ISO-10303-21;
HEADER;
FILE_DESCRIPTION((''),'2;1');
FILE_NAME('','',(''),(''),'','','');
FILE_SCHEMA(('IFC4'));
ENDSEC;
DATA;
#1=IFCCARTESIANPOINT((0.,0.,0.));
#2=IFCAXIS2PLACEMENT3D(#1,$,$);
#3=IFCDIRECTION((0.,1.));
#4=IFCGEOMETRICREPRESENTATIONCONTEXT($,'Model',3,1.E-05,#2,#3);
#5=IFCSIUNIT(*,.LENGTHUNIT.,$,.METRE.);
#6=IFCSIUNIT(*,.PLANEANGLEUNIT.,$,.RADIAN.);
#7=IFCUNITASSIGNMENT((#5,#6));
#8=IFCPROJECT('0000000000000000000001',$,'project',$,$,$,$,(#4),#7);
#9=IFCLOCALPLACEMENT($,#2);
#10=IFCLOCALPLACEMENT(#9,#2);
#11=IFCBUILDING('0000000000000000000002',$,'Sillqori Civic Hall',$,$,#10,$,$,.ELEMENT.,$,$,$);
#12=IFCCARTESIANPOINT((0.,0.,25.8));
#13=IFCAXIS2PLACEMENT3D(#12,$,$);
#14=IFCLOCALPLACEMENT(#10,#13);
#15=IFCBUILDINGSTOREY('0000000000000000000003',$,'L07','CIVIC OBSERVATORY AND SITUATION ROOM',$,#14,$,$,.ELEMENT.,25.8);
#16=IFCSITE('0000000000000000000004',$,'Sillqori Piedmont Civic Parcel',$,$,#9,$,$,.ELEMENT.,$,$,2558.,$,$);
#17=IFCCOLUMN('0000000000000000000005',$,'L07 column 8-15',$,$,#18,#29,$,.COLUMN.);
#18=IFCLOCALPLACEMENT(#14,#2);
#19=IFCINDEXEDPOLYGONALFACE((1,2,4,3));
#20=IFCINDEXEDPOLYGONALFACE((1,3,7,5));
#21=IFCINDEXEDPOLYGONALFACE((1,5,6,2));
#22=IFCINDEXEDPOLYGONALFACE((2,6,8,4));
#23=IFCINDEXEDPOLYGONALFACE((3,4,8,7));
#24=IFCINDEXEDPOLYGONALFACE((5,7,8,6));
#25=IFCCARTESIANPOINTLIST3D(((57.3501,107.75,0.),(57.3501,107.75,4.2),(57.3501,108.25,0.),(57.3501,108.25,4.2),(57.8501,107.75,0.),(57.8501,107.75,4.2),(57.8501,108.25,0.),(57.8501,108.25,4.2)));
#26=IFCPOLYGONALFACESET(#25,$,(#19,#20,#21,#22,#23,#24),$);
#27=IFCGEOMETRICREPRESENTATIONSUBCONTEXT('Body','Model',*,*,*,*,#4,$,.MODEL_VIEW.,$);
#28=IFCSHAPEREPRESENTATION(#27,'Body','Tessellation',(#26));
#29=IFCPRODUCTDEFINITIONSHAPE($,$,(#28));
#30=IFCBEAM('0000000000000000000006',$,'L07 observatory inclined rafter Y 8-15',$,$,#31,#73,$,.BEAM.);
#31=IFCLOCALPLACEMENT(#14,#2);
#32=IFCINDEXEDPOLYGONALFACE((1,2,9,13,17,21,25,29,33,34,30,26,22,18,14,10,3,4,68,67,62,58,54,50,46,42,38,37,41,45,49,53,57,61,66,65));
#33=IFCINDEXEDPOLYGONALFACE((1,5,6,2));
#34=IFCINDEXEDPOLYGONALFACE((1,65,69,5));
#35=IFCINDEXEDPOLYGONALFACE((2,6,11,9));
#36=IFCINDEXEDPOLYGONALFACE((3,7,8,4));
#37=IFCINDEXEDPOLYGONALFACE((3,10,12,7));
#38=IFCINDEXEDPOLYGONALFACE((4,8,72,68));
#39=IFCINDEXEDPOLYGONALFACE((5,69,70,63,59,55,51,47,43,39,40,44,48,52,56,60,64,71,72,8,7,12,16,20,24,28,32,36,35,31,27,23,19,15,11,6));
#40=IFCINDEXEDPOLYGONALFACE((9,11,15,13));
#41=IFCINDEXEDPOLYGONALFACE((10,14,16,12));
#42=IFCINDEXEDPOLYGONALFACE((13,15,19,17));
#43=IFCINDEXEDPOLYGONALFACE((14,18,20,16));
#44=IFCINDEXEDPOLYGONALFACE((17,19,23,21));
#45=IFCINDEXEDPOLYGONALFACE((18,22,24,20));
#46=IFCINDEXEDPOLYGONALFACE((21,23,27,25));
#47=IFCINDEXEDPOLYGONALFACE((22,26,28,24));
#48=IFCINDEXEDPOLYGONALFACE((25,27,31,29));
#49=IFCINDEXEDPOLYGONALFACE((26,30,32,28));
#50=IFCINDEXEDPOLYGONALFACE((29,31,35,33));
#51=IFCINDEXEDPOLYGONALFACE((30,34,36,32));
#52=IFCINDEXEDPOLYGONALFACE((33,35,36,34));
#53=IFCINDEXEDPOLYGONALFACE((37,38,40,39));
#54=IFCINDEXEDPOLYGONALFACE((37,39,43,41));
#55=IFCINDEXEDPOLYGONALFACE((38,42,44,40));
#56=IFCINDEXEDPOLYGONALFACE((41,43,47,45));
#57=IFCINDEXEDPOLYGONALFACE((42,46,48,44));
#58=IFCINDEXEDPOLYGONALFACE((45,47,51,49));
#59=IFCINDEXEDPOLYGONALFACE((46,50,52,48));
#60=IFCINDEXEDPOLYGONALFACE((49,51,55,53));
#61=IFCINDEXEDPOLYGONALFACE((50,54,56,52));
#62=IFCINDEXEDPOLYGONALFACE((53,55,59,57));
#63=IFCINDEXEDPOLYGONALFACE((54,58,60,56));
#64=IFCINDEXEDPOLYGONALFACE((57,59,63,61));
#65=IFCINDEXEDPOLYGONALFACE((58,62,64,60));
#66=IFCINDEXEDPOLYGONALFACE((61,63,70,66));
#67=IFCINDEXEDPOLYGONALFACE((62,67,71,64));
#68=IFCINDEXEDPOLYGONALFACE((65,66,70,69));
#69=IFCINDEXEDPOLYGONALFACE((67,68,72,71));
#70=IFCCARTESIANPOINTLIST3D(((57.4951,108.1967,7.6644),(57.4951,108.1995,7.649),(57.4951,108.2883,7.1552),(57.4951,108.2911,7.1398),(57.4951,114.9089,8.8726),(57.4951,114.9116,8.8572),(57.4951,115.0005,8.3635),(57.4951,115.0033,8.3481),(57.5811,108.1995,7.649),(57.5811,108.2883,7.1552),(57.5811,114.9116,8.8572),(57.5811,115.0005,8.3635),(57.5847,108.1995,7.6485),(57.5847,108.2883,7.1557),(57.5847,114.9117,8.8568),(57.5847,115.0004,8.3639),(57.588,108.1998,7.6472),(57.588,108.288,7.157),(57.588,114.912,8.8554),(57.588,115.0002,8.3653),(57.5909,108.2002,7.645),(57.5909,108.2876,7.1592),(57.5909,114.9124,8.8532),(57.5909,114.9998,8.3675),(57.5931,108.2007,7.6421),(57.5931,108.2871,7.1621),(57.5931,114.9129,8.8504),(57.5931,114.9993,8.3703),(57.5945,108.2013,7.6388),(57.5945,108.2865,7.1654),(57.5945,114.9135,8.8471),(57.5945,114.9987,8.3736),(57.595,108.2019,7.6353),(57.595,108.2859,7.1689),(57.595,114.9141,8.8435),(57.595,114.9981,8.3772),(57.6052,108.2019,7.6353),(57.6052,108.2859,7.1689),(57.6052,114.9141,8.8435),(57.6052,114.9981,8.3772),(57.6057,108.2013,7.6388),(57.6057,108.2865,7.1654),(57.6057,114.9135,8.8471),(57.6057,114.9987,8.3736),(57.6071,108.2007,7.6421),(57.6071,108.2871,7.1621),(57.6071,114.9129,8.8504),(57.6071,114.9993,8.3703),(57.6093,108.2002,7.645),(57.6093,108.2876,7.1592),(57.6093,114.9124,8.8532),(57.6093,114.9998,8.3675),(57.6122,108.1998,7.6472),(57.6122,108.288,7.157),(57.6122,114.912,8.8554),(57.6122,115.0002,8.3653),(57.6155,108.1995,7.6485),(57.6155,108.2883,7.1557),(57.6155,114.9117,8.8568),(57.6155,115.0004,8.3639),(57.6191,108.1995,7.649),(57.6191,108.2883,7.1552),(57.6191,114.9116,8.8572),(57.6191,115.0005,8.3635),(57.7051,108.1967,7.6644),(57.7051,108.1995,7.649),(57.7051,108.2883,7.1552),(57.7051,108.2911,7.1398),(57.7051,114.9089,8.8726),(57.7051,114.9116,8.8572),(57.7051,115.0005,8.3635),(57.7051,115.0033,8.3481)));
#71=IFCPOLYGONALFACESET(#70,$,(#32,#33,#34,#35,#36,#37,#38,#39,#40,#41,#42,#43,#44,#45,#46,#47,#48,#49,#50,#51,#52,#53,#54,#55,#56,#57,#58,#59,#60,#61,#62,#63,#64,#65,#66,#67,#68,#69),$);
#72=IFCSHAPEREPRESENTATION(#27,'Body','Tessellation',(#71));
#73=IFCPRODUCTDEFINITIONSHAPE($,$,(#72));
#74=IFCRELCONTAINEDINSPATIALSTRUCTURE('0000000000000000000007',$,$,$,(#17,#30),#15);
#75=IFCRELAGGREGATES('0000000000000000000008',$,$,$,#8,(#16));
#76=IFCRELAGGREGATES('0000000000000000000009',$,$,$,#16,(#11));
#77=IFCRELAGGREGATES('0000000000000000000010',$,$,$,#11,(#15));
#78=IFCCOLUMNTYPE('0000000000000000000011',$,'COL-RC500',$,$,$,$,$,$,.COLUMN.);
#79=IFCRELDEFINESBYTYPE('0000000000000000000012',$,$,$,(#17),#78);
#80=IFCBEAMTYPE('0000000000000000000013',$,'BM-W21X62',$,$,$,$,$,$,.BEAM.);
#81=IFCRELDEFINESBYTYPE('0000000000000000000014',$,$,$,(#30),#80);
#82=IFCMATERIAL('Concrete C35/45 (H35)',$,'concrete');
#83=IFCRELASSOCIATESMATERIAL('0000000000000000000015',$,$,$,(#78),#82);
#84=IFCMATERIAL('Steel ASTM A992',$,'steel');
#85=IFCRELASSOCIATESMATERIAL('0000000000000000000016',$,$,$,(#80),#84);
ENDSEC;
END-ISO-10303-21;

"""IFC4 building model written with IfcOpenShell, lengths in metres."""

from ifc_helpers import new_model, si_unit, direction, frame, origin, origin_2d, place, context, subcontext, project, spatial, rectangle, i_section, extrude, material, material_profile, profile_set, type_object, element, save


model = new_model("IFC4")

# Units and contexts
model_context = context("Model", 3, precision=1e-05, world=origin(), true_north=direction((0.0, 1.0)))
body_context = subcontext(model_context, "Body", "Model", "MODEL_VIEW")
ifc_project = project(units=[si_unit("LENGTHUNIT", "METRE"), si_unit("PLANEANGLEUNIT", "RADIAN")], contexts=[model_context])

# Site, building, storey
site_placement = place(None, origin())
site = spatial("IfcSite", under=ifc_project, at=site_placement, Name="Sillqori Piedmont Civic Parcel", CompositionType="ELEMENT", RefElevation=2558.0)
building_placement = place(site_placement, origin())
building = spatial("IfcBuilding", under=site, at=building_placement, Name="Sillqori Civic Hall", CompositionType="ELEMENT")
storey_placement = place(building_placement, frame((0.0, 0.0, 25.8)))
storey = spatial("IfcBuildingStorey", under=building, at=storey_placement, Name="L07", Description="CIVIC OBSERVATORY AND SITUATION ROOM", CompositionType="ELEMENT", Elevation=25.8)

# Column
ifc_material_1 = material(Name="Concrete C35/45 (H35)", Category="concrete")
ifc_material_profile_1 = material_profile(ifc_material_1, rectangle(XDim=0.5, YDim=0.5, at=origin_2d()), Name="RC 500x500")
ifc_profile_set_1 = profile_set([ifc_material_profile_1], Name="Concrete C35/45 (H35)")
column_type = type_object("IfcColumnType", Name="COL-RC500", PredefinedType="COLUMN", material=ifc_profile_set_1)
column_placement = place(storey_placement, frame((57.6001, 108.0, 0.0), z_axis=(0.0, 0.0, 1.0), x_axis=(1.0, 0.0, 0.0)))
element("IfcColumn", 1, at=column_placement, inside=storey, type_object=column_type, Name="L07 column 8-15", PredefinedType="COLUMN", context=body_context, shape_type="SweptSolid", body=[
    extrude(rectangle(XDim=0.5, YDim=0.5, at=origin_2d()), origin(), (0.0, 0.0, 1.0), 4.2),
])

# Beam
ifc_material_2 = material(Name="Steel ASTM A992", Category="steel")
ifc_material_profile_2 = material_profile(ifc_material_2, i_section(OverallWidth=0.21, OverallDepth=0.533, WebThickness=0.0103, FlangeThickness=0.0156, FilletRadius=0.0139, at=origin_2d()), Name="W21X62")
ifc_profile_set_2 = profile_set([ifc_material_profile_2], Name="Steel ASTM A992")
beam_type = type_object("IfcBeamType", Name="BM-W21X62", PredefinedType="BEAM", material=ifc_profile_set_2)
beam_placement = place(storey_placement, frame((57.6001, 108.2439, 7.4021), z_axis=(0.0, 0.984182, 0.177162), x_axis=(-1.0, 0.0, 0.0)))
element("IfcBeam", 2, at=beam_placement, inside=storey, type_object=beam_type, Name="L07 observatory inclined rafter Y 8-15", PredefinedType="BEAM", context=body_context, shape_type="SweptSolid", body=[
    extrude(i_section(OverallWidth=0.21, OverallDepth=0.533, WebThickness=0.0103, FlangeThickness=0.0156, FilletRadius=0.0139, at=origin_2d()), origin(), (0.0, 0.0, 1.0), 6.8201),
])

save(model, "model.ifc")
